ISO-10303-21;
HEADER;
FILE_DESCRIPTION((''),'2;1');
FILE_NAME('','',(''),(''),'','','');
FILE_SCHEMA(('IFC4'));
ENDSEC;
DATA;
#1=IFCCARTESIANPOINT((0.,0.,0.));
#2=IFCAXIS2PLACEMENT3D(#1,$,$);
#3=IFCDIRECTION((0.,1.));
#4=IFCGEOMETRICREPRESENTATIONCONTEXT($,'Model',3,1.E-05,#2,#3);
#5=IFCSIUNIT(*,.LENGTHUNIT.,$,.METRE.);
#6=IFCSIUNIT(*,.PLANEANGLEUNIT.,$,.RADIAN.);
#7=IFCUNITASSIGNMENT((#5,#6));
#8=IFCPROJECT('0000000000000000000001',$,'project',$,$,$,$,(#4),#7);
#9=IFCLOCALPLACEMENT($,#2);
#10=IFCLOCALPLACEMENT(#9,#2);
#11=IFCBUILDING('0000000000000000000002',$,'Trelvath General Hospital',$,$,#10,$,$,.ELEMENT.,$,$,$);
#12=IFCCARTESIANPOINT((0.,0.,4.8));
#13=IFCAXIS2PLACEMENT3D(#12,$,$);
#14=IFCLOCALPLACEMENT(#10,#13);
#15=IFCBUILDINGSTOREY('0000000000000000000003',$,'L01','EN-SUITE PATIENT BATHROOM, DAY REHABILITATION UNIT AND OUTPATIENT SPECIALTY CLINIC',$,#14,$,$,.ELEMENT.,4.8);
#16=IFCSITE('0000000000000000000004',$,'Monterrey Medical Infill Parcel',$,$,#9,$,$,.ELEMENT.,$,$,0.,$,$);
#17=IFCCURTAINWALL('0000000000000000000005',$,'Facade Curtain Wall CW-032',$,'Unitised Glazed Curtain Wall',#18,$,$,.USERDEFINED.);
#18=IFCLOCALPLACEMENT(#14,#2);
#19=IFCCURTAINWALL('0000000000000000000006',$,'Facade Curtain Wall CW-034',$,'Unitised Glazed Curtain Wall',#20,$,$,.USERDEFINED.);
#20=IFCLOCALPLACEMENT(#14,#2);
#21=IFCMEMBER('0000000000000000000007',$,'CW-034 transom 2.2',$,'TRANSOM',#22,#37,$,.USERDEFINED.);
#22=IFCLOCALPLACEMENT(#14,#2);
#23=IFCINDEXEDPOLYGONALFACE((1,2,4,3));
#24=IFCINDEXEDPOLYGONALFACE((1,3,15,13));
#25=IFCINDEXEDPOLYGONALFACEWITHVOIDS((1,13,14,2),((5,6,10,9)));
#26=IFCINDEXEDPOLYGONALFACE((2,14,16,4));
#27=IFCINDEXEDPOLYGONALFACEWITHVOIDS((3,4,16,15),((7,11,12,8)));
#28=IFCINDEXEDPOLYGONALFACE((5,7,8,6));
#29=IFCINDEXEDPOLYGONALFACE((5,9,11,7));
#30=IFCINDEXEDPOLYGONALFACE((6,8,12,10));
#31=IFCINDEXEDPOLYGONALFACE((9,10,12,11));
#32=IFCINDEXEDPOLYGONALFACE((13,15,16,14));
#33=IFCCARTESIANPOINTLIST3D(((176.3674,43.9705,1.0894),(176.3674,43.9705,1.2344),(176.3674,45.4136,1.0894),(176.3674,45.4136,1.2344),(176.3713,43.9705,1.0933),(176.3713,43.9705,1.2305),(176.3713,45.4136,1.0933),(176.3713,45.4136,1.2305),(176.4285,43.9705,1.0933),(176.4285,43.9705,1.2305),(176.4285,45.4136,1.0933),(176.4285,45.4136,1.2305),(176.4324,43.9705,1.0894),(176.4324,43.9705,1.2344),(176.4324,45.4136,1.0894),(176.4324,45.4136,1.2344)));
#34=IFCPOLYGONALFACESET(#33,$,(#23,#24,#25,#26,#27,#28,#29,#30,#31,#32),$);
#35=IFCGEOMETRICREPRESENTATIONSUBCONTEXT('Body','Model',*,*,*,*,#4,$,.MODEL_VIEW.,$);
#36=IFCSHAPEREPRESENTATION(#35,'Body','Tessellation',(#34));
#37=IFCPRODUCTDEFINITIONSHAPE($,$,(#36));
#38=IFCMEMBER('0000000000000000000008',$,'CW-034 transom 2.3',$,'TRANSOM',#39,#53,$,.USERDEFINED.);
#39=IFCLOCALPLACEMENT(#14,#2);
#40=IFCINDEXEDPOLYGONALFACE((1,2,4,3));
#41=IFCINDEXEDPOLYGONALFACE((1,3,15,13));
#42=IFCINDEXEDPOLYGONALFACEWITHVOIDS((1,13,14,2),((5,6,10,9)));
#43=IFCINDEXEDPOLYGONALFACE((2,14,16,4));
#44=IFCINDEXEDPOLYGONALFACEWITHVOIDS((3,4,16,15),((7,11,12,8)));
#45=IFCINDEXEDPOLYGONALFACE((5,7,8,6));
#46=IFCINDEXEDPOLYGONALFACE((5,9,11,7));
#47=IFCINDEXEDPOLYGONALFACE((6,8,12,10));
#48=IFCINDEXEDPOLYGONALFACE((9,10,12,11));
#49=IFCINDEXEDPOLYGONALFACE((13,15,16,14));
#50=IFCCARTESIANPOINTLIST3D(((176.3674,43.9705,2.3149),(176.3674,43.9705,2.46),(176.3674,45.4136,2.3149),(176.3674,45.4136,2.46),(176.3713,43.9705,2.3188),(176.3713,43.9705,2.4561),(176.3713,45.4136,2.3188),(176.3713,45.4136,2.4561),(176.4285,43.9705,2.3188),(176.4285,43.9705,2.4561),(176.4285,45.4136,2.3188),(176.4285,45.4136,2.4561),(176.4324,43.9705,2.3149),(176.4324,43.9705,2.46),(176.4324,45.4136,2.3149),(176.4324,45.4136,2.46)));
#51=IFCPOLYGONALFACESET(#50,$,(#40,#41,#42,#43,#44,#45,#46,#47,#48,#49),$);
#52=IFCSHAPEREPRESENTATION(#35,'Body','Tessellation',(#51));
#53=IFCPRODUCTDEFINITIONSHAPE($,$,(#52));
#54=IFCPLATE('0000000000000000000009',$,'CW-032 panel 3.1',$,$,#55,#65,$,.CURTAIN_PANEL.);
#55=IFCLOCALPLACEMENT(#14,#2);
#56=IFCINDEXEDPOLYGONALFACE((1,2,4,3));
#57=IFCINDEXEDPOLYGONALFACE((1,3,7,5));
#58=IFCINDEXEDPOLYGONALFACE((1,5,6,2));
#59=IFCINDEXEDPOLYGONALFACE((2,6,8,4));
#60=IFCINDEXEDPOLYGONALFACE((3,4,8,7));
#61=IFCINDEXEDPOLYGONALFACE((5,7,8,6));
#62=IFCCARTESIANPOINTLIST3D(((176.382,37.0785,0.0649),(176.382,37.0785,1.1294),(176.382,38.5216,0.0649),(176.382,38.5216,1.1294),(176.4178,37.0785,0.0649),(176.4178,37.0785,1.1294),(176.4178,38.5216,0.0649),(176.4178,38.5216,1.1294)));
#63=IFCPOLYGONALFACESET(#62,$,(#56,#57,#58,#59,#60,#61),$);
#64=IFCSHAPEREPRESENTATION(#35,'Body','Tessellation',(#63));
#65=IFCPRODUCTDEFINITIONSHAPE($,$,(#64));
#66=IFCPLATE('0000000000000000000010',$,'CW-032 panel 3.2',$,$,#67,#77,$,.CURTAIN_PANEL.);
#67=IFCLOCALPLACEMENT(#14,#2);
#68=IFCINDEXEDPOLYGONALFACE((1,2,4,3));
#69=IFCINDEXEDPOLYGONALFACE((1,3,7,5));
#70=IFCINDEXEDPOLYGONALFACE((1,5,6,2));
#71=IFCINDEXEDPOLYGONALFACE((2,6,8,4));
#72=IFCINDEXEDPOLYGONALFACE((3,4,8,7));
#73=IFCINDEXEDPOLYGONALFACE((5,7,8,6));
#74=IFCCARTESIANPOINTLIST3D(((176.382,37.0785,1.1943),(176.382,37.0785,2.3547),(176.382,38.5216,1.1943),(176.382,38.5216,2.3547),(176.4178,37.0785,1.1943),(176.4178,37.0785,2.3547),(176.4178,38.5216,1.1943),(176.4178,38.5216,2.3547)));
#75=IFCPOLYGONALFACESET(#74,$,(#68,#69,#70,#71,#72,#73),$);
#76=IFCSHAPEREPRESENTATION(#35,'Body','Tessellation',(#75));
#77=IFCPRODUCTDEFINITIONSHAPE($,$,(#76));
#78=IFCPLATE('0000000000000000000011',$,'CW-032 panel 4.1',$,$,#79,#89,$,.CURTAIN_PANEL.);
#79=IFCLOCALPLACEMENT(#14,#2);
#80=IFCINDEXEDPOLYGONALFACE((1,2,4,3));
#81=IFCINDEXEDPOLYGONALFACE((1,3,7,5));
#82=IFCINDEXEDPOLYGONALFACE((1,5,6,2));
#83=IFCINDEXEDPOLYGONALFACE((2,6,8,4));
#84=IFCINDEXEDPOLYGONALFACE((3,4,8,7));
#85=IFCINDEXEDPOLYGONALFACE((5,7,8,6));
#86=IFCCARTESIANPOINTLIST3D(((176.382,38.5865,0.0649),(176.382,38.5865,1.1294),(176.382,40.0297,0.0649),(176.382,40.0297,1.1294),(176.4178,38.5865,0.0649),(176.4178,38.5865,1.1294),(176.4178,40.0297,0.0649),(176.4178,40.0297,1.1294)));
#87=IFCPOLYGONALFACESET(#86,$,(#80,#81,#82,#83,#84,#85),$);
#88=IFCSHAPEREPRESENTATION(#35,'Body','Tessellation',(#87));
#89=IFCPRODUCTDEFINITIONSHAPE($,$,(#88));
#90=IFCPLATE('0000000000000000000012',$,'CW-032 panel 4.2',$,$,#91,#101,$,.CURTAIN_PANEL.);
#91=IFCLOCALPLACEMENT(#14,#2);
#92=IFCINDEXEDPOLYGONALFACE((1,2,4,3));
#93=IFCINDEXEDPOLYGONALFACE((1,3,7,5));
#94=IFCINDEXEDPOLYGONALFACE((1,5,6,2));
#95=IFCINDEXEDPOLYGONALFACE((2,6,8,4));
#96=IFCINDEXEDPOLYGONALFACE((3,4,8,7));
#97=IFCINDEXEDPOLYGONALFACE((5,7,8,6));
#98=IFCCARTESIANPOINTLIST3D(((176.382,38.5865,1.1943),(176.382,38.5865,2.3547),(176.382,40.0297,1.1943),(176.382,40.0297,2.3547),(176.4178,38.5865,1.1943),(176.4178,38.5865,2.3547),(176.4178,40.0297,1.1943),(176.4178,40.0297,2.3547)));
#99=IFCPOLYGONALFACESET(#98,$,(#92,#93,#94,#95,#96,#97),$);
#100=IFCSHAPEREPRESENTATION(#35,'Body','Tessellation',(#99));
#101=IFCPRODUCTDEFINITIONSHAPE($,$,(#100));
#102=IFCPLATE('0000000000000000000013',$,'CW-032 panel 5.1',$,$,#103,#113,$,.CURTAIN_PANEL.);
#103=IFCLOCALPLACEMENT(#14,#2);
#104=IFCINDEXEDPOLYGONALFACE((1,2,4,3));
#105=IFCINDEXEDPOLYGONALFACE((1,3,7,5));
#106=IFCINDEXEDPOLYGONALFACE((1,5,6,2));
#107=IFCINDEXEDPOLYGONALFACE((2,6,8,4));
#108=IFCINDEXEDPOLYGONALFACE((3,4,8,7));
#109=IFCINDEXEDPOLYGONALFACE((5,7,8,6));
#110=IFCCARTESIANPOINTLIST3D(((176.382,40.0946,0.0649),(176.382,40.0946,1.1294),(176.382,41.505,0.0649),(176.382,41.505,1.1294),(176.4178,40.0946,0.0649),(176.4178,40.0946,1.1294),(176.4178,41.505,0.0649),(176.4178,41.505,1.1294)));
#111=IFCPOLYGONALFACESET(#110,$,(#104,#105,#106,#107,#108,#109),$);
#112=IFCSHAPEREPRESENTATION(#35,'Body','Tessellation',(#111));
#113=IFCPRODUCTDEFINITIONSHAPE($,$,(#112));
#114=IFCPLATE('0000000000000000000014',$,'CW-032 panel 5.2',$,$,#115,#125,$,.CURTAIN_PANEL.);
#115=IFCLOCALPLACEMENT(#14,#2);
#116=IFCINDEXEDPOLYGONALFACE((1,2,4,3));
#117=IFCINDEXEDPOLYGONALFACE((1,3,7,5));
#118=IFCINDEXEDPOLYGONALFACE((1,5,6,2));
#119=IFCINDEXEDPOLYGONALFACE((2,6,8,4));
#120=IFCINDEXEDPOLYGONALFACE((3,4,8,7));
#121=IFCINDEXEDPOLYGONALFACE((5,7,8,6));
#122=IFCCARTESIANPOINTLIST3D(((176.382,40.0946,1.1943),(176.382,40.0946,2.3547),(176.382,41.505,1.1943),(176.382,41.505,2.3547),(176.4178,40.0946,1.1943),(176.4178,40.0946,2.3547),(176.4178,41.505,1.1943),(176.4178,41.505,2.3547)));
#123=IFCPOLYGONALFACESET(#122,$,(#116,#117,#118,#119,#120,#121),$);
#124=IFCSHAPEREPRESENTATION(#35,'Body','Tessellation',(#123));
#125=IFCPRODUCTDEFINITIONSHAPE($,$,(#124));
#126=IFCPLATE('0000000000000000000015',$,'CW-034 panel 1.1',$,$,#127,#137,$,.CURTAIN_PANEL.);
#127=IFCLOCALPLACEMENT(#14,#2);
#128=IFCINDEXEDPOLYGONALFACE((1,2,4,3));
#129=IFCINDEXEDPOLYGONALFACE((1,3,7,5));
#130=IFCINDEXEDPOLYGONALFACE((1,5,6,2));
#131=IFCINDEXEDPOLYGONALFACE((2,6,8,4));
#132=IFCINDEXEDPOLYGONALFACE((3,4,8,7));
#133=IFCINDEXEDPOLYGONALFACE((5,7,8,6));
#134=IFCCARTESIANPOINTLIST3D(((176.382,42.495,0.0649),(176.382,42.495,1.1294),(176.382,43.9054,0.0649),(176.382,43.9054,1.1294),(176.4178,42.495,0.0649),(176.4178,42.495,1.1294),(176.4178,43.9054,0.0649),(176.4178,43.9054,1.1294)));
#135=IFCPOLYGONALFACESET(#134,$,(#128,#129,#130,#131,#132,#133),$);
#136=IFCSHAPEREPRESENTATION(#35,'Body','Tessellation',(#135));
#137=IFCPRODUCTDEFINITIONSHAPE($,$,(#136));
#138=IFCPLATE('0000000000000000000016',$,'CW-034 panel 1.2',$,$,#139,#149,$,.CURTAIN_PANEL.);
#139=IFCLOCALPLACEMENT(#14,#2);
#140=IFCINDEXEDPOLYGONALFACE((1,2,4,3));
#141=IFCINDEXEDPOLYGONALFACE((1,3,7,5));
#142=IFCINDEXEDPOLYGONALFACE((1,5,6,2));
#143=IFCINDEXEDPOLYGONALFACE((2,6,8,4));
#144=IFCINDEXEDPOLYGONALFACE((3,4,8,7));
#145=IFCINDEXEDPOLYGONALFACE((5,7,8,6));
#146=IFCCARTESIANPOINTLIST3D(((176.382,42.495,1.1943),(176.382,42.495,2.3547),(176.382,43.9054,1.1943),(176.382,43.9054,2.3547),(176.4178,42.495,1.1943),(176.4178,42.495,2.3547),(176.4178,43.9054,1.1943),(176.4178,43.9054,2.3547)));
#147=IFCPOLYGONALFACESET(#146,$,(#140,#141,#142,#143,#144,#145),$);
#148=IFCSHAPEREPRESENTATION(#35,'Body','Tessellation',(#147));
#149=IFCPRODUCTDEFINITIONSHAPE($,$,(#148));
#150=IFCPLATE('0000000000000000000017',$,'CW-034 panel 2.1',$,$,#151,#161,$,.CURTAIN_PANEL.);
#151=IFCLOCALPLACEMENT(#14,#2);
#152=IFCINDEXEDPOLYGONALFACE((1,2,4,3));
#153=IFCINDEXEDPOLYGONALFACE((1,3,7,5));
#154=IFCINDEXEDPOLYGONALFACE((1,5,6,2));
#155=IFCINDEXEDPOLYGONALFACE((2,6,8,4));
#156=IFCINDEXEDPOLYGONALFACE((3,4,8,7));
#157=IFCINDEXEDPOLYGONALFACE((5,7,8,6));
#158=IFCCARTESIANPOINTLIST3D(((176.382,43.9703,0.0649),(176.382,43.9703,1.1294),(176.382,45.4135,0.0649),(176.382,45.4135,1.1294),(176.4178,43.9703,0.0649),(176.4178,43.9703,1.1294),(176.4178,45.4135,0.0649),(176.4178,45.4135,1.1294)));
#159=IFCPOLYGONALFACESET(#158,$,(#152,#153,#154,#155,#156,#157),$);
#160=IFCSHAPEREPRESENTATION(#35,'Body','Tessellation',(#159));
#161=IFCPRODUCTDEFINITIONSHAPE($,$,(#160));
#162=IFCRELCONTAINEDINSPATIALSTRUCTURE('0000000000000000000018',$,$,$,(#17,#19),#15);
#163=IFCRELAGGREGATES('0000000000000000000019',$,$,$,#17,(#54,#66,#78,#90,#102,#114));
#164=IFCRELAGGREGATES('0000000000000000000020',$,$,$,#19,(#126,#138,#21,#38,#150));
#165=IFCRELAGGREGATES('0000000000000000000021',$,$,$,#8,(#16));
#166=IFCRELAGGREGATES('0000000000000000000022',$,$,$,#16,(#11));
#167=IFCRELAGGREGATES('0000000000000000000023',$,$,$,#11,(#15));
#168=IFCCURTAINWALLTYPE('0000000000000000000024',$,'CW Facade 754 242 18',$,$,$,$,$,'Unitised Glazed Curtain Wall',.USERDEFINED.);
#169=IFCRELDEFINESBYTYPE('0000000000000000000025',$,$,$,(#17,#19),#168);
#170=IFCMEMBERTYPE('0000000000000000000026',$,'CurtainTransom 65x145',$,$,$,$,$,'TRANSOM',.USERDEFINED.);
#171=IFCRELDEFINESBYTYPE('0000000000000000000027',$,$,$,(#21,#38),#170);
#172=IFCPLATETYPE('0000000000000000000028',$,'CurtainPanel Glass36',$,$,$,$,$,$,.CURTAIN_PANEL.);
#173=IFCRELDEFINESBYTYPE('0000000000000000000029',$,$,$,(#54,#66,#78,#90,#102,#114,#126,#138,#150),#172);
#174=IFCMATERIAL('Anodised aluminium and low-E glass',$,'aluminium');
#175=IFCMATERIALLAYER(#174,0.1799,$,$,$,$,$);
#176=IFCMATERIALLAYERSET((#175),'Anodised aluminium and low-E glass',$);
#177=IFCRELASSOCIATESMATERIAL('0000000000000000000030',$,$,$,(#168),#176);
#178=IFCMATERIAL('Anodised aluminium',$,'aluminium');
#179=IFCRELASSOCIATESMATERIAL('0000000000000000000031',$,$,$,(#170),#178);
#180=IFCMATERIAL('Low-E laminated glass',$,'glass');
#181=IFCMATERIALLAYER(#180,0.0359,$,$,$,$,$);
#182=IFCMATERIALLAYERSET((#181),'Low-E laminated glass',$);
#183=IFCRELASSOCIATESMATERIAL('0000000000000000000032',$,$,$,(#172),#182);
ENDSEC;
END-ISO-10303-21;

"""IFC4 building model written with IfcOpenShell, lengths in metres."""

from ifc_helpers import new_model, si_unit, direction, frame, origin, origin_2d, place, context, subcontext, project, spatial, rectangle, hollow_rectangle, extrude, material, layer, layer_set, material_profile, profile_set, type_object, element, aggregate, save


model = new_model("IFC4")

# Units and contexts
model_context = context("Model", 3, precision=1e-05, world=origin(), true_north=direction((0.0, 1.0)))
body_context = subcontext(model_context, "Body", "Model", "MODEL_VIEW")
ifc_project = project(units=[si_unit("LENGTHUNIT", "METRE"), si_unit("PLANEANGLEUNIT", "RADIAN")], contexts=[model_context])

# Site, building, storey
site_placement = place(None, origin())
site = spatial("IfcSite", under=ifc_project, at=site_placement, Name="Monterrey Medical Infill Parcel", CompositionType="ELEMENT", RefElevation=0.0)
building_placement = place(site_placement, origin())
building = spatial("IfcBuilding", under=site, at=building_placement, Name="Trelvath General Hospital", CompositionType="ELEMENT")
storey_placement = place(building_placement, frame((0.0, 0.0, 4.8)))
storey = spatial("IfcBuildingStorey", under=building, at=storey_placement, Name="L01", Description="EN-SUITE PATIENT BATHROOM, DAY REHABILITATION UNIT AND OUTPATIENT SPECIALTY CLINIC", CompositionType="ELEMENT", Elevation=4.8)

# Curtain walls
ifc_material_1 = material(Name="Anodised aluminium and low-E glass", Category="aluminium")
ifc_layer_1 = layer(ifc_material_1, 0.1799)
ifc_layer_set_1 = layer_set([ifc_layer_1], Name="Anodised aluminium and low-E glass")
curtain_wall_type = type_object("IfcCurtainWallType", Name="CW Facade 754 242 18", ElementType="Unitised Glazed Curtain Wall", PredefinedType="USERDEFINED", material=ifc_layer_set_1)
curtain_wall_1_placement = place(storey_placement, origin())
curtain_wall_1 = element("IfcCurtainWall", 1, at=curtain_wall_1_placement, inside=storey, type_object=curtain_wall_type, Name="Facade Curtain Wall CW-032", ObjectType="Unitised Glazed Curtain Wall", PredefinedType="USERDEFINED")
curtain_wall_2_placement = place(storey_placement, origin())
curtain_wall_2 = element("IfcCurtainWall", 2, at=curtain_wall_2_placement, inside=storey, type_object=curtain_wall_type, Name="Facade Curtain Wall CW-034", ObjectType="Unitised Glazed Curtain Wall", PredefinedType="USERDEFINED")

# Members
ifc_material_2 = material(Name="Anodised aluminium", Category="aluminium")
ifc_material_profile_1 = material_profile(ifc_material_2, hollow_rectangle(XDim=0.0649, YDim=0.145, WallThickness=0.0039, at=origin_2d()), Name="RHS65x145x4")
ifc_profile_set_1 = profile_set([ifc_material_profile_1], Name="Anodised aluminium")
member_type_1 = type_object("IfcMemberType", Name="CurtainTransom 65x145", ElementType="TRANSOM", PredefinedType="USERDEFINED", material=ifc_profile_set_1)
member_1_placement = place(storey_placement, frame((176.3999, 43.9705, 1.1619), z_axis=(0.0, 1.0, 0.0), x_axis=(-1.0, 0.0, 0.0)))
member_1 = element("IfcMember", 3, at=member_1_placement, type_object=member_type_1, Name="CW-034 transom 2.2", ObjectType="TRANSOM", PredefinedType="USERDEFINED", context=body_context, shape_type="SweptSolid", body=[
    extrude(hollow_rectangle(XDim=0.0649, YDim=0.145, WallThickness=0.0039, at=origin_2d()), origin(), (0.0, 0.0, 1.0), 1.4431),
])
member_2_placement = place(storey_placement, frame((176.3999, 43.9705, 2.3875), z_axis=(0.0, 1.0, 0.0), x_axis=(-1.0, 0.0, 0.0)))
member_2 = element("IfcMember", 4, at=member_2_placement, type_object=member_type_1, Name="CW-034 transom 2.3", ObjectType="TRANSOM", PredefinedType="USERDEFINED", context=body_context, shape_type="SweptSolid", body=[
    extrude(hollow_rectangle(XDim=0.0649, YDim=0.145, WallThickness=0.0039, at=origin_2d()), origin(), (0.0, 0.0, 1.0), 1.4431),
])

# Plates
ifc_material_3 = material(Name="Low-E laminated glass", Category="glass")
ifc_layer_2 = layer(ifc_material_3, 0.0359)
ifc_layer_set_2 = layer_set([ifc_layer_2], Name="Low-E laminated glass")
plate_type = type_object("IfcPlateType", Name="CurtainPanel Glass36", PredefinedType="CURTAIN_PANEL", material=ifc_layer_set_2)
plate_1_placement = place(storey_placement, frame((176.3999, 37.8, 0.0649), z_axis=(0.0, 0.0, 1.0), x_axis=(0.0, 1.0, 0.0)))
plate_1 = element("IfcPlate", 5, at=plate_1_placement, type_object=plate_type, Name="CW-032 panel 3.1", PredefinedType="CURTAIN_PANEL", context=body_context, shape_type="SweptSolid", body=[
    extrude(rectangle(XDim=1.4431, YDim=0.0359, at=origin_2d()), origin(), (0.0, 0.0, 1.0), 1.0645),
])
plate_2_placement = place(storey_placement, frame((176.3999, 37.8, 1.1943), z_axis=(0.0, 0.0, 1.0), x_axis=(0.0, 1.0, 0.0)))
plate_2 = element("IfcPlate", 6, at=plate_2_placement, type_object=plate_type, Name="CW-032 panel 3.2", PredefinedType="CURTAIN_PANEL", context=body_context, shape_type="SweptSolid", body=[
    extrude(rectangle(XDim=1.4431, YDim=0.0359, at=origin_2d()), origin(), (0.0, 0.0, 1.0), 1.1604),
])
plate_3_placement = place(storey_placement, frame((176.3999, 39.3081, 0.0649), z_axis=(0.0, 0.0, 1.0), x_axis=(0.0, 1.0, 0.0)))
plate_3 = element("IfcPlate", 7, at=plate_3_placement, type_object=plate_type, Name="CW-032 panel 4.1", PredefinedType="CURTAIN_PANEL", context=body_context, shape_type="SweptSolid", body=[
    extrude(rectangle(XDim=1.4431, YDim=0.0359, at=origin_2d()), origin(), (0.0, 0.0, 1.0), 1.0645),
])
plate_4_placement = place(storey_placement, frame((176.3999, 39.3081, 1.1943), z_axis=(0.0, 0.0, 1.0), x_axis=(0.0, 1.0, 0.0)))
plate_4 = element("IfcPlate", 8, at=plate_4_placement, type_object=plate_type, Name="CW-032 panel 4.2", PredefinedType="CURTAIN_PANEL", context=body_context, shape_type="SweptSolid", body=[
    extrude(rectangle(XDim=1.4431, YDim=0.0359, at=origin_2d()), origin(), (0.0, 0.0, 1.0), 1.1604),
])
plate_5_placement = place(storey_placement, frame((176.3999, 40.7998, 0.0649), z_axis=(0.0, 0.0, 1.0), x_axis=(0.0, 1.0, 0.0)))
plate_5 = element("IfcPlate", 9, at=plate_5_placement, type_object=plate_type, Name="CW-032 panel 5.1", PredefinedType="CURTAIN_PANEL", context=body_context, shape_type="SweptSolid", body=[
    extrude(rectangle(XDim=1.4104, YDim=0.0359, at=origin_2d()), origin(), (0.0, 0.0, 1.0), 1.0645),
])
plate_6_placement = place(storey_placement, frame((176.3999, 40.7998, 1.1943), z_axis=(0.0, 0.0, 1.0), x_axis=(0.0, 1.0, 0.0)))
plate_6 = element("IfcPlate", 10, at=plate_6_placement, type_object=plate_type, Name="CW-032 panel 5.2", PredefinedType="CURTAIN_PANEL", context=body_context, shape_type="SweptSolid", body=[
    extrude(rectangle(XDim=1.4104, YDim=0.0359, at=origin_2d()), origin(), (0.0, 0.0, 1.0), 1.1604),
])
aggregate(curtain_wall_1, [plate_1, plate_2, plate_3, plate_4, plate_5, plate_6])
plate_7_placement = place(storey_placement, frame((176.3999, 43.2002, 0.0649), z_axis=(0.0, 0.0, 1.0), x_axis=(0.0, 1.0, 0.0)))
plate_7 = element("IfcPlate", 11, at=plate_7_placement, type_object=plate_type, Name="CW-034 panel 1.1", PredefinedType="CURTAIN_PANEL", context=body_context, shape_type="SweptSolid", body=[
    extrude(rectangle(XDim=1.4104, YDim=0.0359, at=origin_2d()), origin(), (0.0, 0.0, 1.0), 1.0645),
])
plate_8_placement = place(storey_placement, frame((176.3999, 43.2002, 1.1943), z_axis=(0.0, 0.0, 1.0), x_axis=(0.0, 1.0, 0.0)))
plate_8 = element("IfcPlate", 12, at=plate_8_placement, type_object=plate_type, Name="CW-034 panel 1.2", PredefinedType="CURTAIN_PANEL", context=body_context, shape_type="SweptSolid", body=[
    extrude(rectangle(XDim=1.4104, YDim=0.0359, at=origin_2d()), origin(), (0.0, 0.0, 1.0), 1.1604),
])
plate_9_placement = place(storey_placement, frame((176.3999, 44.6919, 0.0649), z_axis=(0.0, 0.0, 1.0), x_axis=(0.0, 1.0, 0.0)))
plate_9 = element("IfcPlate", 13, at=plate_9_placement, type_object=plate_type, Name="CW-034 panel 2.1", PredefinedType="CURTAIN_PANEL", context=body_context, shape_type="SweptSolid", body=[
    extrude(rectangle(XDim=1.4431, YDim=0.0359, at=origin_2d()), origin(), (0.0, 0.0, 1.0), 1.0645),
])
aggregate(curtain_wall_2, [plate_7, plate_8, member_1, member_2, plate_9])

save(model, "model.ifc")
